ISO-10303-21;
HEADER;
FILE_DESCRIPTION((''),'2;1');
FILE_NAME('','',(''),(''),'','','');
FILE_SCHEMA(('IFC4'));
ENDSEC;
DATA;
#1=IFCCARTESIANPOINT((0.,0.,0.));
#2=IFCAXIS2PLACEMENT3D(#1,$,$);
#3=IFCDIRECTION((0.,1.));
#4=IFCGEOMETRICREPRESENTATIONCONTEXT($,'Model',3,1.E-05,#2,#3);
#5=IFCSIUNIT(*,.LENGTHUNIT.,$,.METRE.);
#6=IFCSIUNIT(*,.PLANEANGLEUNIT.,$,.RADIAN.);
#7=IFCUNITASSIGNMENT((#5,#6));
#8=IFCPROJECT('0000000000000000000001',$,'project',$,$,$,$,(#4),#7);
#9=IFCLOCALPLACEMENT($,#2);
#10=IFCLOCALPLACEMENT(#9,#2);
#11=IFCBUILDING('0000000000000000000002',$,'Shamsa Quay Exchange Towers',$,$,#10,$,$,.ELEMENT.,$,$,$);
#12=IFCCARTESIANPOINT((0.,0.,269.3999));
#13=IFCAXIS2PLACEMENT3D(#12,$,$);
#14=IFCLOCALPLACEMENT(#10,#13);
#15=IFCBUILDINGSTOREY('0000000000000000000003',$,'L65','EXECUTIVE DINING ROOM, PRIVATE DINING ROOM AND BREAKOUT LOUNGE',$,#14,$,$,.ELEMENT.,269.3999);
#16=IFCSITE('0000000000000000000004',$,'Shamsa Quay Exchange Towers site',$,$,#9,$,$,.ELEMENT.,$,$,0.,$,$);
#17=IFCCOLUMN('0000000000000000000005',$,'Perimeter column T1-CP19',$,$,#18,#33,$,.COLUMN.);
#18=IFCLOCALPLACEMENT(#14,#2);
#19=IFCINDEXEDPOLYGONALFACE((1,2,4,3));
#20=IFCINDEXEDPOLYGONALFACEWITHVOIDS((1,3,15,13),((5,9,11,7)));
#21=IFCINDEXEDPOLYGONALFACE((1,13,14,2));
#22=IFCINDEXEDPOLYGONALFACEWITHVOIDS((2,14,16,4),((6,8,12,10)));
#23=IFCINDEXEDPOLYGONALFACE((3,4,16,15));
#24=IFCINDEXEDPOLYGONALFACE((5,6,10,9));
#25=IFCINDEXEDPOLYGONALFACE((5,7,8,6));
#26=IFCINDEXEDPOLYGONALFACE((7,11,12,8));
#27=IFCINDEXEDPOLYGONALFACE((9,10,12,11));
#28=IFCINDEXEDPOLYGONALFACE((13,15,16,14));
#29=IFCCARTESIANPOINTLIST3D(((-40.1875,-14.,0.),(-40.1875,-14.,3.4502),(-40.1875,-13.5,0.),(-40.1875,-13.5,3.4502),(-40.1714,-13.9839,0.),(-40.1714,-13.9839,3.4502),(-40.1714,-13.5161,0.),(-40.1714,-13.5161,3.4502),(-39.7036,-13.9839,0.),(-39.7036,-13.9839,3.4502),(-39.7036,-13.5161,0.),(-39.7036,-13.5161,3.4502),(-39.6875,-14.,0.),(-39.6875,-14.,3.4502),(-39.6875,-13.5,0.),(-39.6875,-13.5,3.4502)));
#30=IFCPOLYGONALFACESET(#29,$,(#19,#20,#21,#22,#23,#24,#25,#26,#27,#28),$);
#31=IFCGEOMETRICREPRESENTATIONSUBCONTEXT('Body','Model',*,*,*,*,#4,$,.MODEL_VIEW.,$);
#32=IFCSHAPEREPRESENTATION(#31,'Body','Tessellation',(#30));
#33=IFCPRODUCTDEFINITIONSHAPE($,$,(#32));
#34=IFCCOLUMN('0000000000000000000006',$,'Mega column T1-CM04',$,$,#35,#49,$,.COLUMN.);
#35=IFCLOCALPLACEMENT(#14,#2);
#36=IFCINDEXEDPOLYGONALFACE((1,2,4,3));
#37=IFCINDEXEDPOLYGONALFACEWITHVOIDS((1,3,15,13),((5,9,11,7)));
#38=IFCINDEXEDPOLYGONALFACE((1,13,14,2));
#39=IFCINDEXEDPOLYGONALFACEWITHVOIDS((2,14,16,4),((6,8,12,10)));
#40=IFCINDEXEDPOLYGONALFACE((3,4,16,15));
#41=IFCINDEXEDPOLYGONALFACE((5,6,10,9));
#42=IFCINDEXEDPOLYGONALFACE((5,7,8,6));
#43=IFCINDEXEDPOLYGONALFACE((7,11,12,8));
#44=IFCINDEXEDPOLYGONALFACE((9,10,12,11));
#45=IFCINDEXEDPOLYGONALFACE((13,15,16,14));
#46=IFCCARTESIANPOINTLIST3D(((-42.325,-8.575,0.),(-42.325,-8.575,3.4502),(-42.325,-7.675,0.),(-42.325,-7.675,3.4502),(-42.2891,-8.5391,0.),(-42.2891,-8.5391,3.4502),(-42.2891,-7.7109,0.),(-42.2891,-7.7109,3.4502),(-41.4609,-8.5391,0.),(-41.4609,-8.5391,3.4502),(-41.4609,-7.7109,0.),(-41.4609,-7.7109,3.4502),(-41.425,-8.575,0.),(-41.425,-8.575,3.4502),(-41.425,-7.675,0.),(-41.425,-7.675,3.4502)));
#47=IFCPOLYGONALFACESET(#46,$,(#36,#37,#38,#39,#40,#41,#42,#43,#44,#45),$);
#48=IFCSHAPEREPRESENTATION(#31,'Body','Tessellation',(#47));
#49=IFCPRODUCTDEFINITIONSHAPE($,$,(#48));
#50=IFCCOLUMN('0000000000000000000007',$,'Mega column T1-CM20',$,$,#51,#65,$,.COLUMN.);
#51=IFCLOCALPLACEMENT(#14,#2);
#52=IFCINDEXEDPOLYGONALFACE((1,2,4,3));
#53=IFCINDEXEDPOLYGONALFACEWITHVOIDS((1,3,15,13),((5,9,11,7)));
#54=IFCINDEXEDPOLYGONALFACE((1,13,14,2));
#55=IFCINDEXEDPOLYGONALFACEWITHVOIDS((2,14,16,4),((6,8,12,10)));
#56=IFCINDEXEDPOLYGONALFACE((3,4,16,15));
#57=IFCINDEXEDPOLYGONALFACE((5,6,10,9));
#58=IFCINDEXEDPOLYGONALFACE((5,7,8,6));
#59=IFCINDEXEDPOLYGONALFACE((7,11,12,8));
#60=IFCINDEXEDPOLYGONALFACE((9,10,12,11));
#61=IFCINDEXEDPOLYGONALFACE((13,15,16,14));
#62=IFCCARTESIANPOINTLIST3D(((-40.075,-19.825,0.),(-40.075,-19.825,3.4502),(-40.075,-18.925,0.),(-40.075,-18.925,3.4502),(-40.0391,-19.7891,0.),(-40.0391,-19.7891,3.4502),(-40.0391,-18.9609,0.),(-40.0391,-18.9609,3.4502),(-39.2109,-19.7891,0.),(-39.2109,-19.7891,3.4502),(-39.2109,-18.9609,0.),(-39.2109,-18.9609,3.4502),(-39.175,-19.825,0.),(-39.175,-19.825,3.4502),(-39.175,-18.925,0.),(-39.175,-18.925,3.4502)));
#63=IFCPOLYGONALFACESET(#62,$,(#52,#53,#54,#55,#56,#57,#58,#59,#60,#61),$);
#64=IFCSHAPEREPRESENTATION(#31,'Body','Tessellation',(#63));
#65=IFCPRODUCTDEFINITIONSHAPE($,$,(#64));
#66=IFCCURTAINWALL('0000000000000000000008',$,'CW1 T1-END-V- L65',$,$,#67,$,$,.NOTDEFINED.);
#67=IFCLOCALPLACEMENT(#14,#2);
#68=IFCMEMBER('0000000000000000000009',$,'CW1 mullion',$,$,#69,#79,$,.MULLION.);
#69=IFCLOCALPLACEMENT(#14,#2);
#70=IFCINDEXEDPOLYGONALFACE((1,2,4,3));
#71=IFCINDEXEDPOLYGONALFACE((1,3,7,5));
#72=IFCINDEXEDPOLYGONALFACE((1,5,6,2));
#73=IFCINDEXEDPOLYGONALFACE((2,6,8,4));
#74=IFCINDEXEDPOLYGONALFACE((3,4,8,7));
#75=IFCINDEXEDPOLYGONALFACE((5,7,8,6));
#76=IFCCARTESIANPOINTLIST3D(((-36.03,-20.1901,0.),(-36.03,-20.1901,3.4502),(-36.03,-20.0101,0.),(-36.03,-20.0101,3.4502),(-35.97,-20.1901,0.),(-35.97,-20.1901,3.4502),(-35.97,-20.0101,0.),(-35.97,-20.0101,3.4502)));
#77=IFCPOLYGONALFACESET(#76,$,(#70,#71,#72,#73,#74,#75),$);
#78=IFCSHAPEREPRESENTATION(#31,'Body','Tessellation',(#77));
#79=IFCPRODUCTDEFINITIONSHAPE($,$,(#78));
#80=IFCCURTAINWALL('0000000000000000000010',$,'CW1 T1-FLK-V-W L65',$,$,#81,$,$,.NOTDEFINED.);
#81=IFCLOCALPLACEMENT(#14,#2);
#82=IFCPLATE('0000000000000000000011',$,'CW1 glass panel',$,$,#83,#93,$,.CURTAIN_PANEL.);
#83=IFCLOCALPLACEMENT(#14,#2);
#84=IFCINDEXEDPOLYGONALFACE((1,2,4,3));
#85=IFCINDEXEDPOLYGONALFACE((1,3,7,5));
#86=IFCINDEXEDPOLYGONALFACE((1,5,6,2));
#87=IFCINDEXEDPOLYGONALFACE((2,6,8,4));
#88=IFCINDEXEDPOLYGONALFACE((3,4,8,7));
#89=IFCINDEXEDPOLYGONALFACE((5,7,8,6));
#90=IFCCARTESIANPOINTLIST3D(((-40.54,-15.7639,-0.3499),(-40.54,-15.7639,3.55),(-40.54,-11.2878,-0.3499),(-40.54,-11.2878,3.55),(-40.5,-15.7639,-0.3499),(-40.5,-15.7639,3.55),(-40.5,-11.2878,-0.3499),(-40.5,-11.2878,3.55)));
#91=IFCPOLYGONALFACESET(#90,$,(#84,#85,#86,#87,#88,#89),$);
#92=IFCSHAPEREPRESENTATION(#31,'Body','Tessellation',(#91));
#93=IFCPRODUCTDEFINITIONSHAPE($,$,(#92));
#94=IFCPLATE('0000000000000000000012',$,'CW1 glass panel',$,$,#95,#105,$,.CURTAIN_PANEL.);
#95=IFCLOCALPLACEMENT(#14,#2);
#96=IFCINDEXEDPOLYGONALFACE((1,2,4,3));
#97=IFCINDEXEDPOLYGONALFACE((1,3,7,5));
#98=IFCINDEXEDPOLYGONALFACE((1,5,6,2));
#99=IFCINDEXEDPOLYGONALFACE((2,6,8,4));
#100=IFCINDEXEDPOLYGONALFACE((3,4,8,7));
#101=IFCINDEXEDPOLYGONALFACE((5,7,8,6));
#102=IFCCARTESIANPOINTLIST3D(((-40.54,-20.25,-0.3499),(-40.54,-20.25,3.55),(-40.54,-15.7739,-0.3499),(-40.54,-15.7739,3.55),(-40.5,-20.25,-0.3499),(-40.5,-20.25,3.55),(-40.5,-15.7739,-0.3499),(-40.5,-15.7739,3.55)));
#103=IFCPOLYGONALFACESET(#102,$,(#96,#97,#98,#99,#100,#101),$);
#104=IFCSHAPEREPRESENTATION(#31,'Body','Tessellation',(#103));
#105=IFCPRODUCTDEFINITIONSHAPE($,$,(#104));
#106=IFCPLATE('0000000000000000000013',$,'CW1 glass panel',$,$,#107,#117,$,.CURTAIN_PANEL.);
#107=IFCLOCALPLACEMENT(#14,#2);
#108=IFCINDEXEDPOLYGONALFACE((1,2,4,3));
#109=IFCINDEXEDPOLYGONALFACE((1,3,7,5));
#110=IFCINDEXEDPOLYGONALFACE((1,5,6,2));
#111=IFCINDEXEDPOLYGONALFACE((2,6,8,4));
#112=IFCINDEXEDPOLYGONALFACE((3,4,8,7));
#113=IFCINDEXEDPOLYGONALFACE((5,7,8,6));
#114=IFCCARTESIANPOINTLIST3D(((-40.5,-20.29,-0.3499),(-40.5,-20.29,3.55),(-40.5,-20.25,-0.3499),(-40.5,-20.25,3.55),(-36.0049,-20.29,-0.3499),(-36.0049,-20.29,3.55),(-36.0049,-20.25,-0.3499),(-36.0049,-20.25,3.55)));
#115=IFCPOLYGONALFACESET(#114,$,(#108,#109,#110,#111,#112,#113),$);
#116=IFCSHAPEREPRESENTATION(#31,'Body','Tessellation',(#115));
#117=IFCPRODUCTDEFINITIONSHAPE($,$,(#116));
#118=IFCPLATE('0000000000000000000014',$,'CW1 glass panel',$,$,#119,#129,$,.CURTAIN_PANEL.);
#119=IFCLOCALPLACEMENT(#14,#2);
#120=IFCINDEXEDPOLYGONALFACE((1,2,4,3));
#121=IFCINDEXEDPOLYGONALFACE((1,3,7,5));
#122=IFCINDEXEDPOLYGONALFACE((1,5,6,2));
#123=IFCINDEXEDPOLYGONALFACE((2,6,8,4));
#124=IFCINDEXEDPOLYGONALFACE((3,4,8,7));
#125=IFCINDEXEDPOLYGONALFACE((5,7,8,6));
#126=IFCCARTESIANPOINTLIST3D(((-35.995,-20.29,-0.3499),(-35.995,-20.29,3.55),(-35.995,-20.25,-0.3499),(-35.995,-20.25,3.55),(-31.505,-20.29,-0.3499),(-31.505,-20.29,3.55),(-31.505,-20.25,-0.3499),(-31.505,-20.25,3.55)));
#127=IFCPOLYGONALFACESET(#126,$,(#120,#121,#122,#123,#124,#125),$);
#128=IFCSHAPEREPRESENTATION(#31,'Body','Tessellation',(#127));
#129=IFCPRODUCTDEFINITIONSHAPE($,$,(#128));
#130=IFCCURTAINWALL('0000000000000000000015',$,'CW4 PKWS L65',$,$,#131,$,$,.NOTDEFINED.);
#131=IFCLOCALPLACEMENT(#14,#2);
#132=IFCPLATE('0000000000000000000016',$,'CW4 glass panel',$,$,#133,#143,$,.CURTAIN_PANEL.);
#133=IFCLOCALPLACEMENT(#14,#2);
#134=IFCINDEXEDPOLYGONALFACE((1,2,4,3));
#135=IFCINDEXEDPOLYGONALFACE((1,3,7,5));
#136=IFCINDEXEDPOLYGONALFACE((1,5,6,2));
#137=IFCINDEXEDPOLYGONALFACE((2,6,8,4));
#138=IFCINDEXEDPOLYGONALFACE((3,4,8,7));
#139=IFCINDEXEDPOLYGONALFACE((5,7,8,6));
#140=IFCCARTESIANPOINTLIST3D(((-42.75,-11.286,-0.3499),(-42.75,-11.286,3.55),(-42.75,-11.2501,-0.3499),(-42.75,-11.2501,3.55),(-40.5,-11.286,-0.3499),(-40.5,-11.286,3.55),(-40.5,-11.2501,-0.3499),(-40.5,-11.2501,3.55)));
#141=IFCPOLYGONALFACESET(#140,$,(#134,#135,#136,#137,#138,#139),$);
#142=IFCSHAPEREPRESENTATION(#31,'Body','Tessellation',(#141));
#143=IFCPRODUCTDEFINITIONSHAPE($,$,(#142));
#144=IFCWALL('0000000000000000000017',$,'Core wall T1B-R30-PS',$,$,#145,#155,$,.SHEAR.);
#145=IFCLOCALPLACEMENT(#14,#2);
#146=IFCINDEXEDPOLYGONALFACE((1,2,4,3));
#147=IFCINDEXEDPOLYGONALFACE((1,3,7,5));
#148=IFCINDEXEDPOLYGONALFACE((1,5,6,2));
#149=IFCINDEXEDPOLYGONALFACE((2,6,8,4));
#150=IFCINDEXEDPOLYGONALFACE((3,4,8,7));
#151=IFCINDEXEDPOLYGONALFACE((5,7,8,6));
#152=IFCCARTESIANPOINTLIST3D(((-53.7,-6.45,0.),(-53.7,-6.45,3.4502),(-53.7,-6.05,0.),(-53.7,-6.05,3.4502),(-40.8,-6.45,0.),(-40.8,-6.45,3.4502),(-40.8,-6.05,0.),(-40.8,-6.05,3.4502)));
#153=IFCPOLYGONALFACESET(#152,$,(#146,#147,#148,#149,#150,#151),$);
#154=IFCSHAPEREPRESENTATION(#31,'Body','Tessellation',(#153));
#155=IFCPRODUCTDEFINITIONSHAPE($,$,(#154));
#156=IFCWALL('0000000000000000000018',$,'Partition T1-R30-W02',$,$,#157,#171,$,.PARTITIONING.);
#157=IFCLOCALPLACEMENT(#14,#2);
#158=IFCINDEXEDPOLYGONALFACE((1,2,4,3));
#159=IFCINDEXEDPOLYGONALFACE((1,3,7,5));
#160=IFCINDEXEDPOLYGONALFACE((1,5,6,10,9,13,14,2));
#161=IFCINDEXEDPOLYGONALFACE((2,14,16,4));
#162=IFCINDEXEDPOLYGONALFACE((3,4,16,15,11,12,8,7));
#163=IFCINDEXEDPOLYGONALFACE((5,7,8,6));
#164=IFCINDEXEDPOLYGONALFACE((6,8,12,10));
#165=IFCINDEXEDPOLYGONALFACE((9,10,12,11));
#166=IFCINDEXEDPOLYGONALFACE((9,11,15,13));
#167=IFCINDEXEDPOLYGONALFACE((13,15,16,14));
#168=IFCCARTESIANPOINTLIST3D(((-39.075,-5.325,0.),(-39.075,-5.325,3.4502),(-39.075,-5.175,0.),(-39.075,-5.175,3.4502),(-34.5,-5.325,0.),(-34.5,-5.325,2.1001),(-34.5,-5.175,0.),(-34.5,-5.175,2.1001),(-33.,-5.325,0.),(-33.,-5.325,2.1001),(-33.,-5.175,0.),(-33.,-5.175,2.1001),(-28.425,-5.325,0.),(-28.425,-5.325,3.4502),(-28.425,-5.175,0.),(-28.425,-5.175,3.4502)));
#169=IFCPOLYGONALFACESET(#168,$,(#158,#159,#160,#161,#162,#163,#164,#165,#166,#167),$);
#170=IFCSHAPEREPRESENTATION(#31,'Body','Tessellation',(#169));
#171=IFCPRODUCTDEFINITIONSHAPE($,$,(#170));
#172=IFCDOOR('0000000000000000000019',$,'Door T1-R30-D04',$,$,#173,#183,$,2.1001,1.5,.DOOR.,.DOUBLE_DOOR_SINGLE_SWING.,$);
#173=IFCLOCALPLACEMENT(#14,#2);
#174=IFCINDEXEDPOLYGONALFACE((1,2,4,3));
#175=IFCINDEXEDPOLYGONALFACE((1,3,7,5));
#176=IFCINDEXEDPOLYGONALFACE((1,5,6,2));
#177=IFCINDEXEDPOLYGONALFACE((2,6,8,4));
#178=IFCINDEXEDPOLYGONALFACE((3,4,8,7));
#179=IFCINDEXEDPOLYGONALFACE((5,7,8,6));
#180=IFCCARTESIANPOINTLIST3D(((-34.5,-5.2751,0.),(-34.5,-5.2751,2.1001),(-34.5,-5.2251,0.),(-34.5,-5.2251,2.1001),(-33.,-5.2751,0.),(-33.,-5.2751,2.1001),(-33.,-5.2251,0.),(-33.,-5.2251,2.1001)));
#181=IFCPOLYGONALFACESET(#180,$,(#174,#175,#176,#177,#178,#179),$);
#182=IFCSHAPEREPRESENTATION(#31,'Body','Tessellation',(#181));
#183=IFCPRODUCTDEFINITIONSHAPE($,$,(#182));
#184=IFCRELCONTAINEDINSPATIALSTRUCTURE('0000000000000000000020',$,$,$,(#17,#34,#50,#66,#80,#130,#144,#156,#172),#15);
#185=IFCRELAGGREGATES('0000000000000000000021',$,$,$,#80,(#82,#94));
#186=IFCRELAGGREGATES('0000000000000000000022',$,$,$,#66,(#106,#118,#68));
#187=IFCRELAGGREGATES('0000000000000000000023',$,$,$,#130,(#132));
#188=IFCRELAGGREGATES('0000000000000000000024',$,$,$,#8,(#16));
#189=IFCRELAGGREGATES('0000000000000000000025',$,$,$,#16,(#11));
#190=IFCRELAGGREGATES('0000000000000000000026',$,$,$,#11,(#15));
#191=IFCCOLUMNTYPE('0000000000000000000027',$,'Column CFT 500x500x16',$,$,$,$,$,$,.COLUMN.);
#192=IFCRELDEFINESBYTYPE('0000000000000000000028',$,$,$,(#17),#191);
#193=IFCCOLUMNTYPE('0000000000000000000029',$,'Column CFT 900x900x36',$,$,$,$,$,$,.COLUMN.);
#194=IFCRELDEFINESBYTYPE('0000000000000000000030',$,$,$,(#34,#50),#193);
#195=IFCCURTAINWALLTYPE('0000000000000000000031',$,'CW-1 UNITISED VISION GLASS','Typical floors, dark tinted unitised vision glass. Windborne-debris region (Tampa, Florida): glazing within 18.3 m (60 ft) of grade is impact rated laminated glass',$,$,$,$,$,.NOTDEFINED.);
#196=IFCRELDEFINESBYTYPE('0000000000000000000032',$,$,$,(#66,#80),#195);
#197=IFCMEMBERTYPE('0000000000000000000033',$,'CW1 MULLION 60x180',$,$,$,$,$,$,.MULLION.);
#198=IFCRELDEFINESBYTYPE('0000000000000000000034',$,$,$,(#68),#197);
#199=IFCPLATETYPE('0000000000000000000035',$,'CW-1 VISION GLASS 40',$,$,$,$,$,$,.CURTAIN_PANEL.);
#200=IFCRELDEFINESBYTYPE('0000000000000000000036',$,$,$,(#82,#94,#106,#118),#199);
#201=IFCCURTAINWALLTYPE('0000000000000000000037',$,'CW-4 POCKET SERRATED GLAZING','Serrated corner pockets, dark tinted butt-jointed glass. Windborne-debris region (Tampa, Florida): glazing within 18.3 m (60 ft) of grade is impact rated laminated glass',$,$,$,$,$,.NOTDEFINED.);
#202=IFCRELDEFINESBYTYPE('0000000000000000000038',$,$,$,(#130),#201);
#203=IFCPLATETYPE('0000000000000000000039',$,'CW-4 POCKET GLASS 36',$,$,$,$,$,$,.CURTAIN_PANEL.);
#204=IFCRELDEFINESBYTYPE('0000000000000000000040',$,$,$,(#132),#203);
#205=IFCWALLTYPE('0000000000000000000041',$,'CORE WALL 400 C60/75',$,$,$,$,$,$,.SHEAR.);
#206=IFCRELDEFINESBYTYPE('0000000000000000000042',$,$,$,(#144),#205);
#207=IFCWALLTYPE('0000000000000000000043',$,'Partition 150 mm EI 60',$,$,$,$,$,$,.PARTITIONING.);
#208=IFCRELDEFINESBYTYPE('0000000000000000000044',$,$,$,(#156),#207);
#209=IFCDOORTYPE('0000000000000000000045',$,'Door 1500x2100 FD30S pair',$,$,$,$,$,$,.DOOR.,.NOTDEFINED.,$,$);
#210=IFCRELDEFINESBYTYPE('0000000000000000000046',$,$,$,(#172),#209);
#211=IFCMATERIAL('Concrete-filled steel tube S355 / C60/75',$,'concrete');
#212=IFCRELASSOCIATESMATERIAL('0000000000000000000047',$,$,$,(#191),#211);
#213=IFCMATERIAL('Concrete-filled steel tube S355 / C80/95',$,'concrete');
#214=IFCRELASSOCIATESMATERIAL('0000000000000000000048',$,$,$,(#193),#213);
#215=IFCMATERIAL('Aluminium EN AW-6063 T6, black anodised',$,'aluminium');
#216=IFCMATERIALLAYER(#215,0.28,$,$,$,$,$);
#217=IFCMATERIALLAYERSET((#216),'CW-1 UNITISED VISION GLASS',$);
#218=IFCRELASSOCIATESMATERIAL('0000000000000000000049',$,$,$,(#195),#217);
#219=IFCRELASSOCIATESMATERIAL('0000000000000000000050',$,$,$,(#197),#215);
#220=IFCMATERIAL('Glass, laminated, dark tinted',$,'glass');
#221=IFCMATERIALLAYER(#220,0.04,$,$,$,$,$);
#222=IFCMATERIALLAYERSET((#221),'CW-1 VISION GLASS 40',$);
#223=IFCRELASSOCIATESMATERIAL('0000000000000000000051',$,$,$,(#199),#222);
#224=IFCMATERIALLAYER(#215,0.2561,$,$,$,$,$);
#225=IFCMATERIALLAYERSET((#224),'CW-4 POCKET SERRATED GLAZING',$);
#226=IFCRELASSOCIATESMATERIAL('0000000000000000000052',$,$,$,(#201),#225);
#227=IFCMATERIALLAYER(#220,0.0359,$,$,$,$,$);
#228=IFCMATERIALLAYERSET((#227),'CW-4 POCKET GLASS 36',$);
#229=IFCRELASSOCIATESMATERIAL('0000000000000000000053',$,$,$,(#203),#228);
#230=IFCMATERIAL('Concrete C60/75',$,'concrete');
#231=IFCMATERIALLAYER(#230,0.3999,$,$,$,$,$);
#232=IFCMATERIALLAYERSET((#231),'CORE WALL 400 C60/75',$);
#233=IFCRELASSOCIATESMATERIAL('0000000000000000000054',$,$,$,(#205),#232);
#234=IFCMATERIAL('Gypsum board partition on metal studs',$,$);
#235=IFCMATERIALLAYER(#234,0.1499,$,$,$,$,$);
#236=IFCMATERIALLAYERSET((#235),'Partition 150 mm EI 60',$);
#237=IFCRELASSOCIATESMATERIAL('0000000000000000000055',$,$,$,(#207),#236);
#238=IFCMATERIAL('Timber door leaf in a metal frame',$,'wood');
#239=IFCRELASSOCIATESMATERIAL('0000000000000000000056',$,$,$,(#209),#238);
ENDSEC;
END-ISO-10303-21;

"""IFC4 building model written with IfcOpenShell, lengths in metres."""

from ifc_helpers import new_model, si_unit, direction, frame, frame_2d, origin, origin_2d, place, context, subcontext, project, spatial, rectangle, hollow_rectangle, extrude, material, layer, layer_set, material_profile, profile_set, type_object, element, fill, aggregate, save


model = new_model("IFC4")

# Units and contexts
model_context = context("Model", 3, precision=1e-05, world=origin(), true_north=direction((0.0, 1.0)))
body_context = subcontext(model_context, "Body", "Model", "MODEL_VIEW")
ifc_project = project(units=[si_unit("LENGTHUNIT", "METRE"), si_unit("PLANEANGLEUNIT", "RADIAN")], contexts=[model_context])

# Site, building, storey
site_placement = place(None, origin())
site = spatial("IfcSite", under=ifc_project, at=site_placement, Name="Shamsa Quay Exchange Towers site", CompositionType="ELEMENT", RefElevation=0.0)
building_placement = place(site_placement, origin())
building = spatial("IfcBuilding", under=site, at=building_placement, Name="Shamsa Quay Exchange Towers", CompositionType="ELEMENT")
storey_placement = place(building_placement, frame((0.0, 0.0, 269.3999)))
storey = spatial("IfcBuildingStorey", under=building, at=storey_placement, Name="L65", Description="EXECUTIVE DINING ROOM, PRIVATE DINING ROOM AND BREAKOUT LOUNGE", CompositionType="ELEMENT", Elevation=269.3999)

# Columns
ifc_material_1 = material(Name="Concrete-filled steel tube S355 / C60/75", Category="concrete")
ifc_material_profile_1 = material_profile(ifc_material_1, hollow_rectangle(XDim=0.5, YDim=0.5, WallThickness=0.0161, at=origin_2d()), Name="CFT 500x500x16")
ifc_profile_set_1 = profile_set([ifc_material_profile_1], Name="Concrete-filled steel tube S355 / C60/75")
column_type_1 = type_object("IfcColumnType", Name="Column CFT 500x500x16", PredefinedType="COLUMN", material=ifc_profile_set_1)
column_placement = place(storey_placement, frame((-39.9375, -13.75, 0.0)))
element("IfcColumn", 1, at=column_placement, inside=storey, type_object=column_type_1, Name="Perimeter column T1-CP19", PredefinedType="COLUMN", context=body_context, shape_type="SweptSolid", body=[
    extrude(hollow_rectangle(XDim=0.5, YDim=0.5, WallThickness=0.0161, at=origin_2d()), origin(), (0.0, 0.0, 1.0), 3.4502),
])
ifc_material_2 = material(Name="Concrete-filled steel tube S355 / C80/95", Category="concrete")
ifc_material_profile_2 = material_profile(ifc_material_2, hollow_rectangle(XDim=0.8999, YDim=0.8999, WallThickness=0.0359, at=origin_2d()), Name="CFT 900x900x36")
ifc_profile_set_2 = profile_set([ifc_material_profile_2], Name="Concrete-filled steel tube S355 / C80/95")
column_type_2 = type_object("IfcColumnType", Name="Column CFT 900x900x36", PredefinedType="COLUMN", material=ifc_profile_set_2)
for number, where, name in (
    (2, (-41.875, -8.125, 0.0), "Mega column T1-CM04"),
    (3, (-39.625, -19.375, 0.0), "Mega column T1-CM20"),
):
    element("IfcColumn", number, at=place(storey_placement, frame(where)), inside=storey, type_object=column_type_2, Name=name, PredefinedType="COLUMN", context=body_context, shape_type="SweptSolid", body=[
        extrude(hollow_rectangle(XDim=0.8999, YDim=0.8999, WallThickness=0.0359, at=origin_2d()), origin(), (0.0, 0.0, 1.0), 3.4502),
    ])

# Curtain wall, member
ifc_material_3 = material(Name="Aluminium EN AW-6063 T6, black anodised", Category="aluminium")
ifc_layer_1 = layer(ifc_material_3, 0.28)
ifc_layer_set_1 = layer_set([ifc_layer_1], Name="CW-1 UNITISED VISION GLASS")
curtain_wall_type_1 = type_object("IfcCurtainWallType", Name="CW-1 UNITISED VISION GLASS", Description="Typical floors, dark tinted unitised vision glass. Windborne-debris region (Tampa, Florida): glazing within 18.3 m (60 ft) of grade is impact rated laminated glass", PredefinedType="NOTDEFINED", material=ifc_layer_set_1)
curtain_wall_1_placement = place(storey_placement, origin())
curtain_wall_1 = element("IfcCurtainWall", 4, at=curtain_wall_1_placement, inside=storey, type_object=curtain_wall_type_1, Name="CW1 T1-END-V- L65", PredefinedType="NOTDEFINED")
ifc_material_profile_3 = material_profile(ifc_material_3, rectangle(XDim=0.1799, YDim=0.0601, at=origin_2d()), Name="MU60x180")
ifc_profile_set_3 = profile_set([ifc_material_profile_3], Name="Aluminium EN AW-6063 T6, black anodised")
member_type = type_object("IfcMemberType", Name="CW1 MULLION 60x180", PredefinedType="MULLION", material=ifc_profile_set_3)
member_placement = place(storey_placement, frame((-36.0, -20.1001, 0.0), z_axis=(0.0, 0.0, 1.0), x_axis=(0.0, 1.0, 0.0)))
member = element("IfcMember", 5, at=member_placement, type_object=member_type, Name="CW1 mullion", PredefinedType="MULLION", context=body_context, shape_type="SweptSolid", body=[
    extrude(rectangle(XDim=0.1799, YDim=0.0601, at=origin_2d()), origin(), (0.0, 0.0, 1.0), 3.4502),
])

# Curtain wall, plates
curtain_wall_2_placement = place(storey_placement, origin())
curtain_wall_2 = element("IfcCurtainWall", 6, at=curtain_wall_2_placement, inside=storey, type_object=curtain_wall_type_1, Name="CW1 T1-FLK-V-W L65", PredefinedType="NOTDEFINED")
ifc_material_4 = material(Name="Glass, laminated, dark tinted", Category="glass")
ifc_layer_2 = layer(ifc_material_4, 0.04)
ifc_layer_set_2 = layer_set([ifc_layer_2], Name="CW-1 VISION GLASS 40")
plate_type_1 = type_object("IfcPlateType", Name="CW-1 VISION GLASS 40", PredefinedType="CURTAIN_PANEL", material=ifc_layer_set_2)
plate_1_placement = place(storey_placement, frame((-40.52, -13.5259, -0.3499), z_axis=(0.0, 0.0, 1.0), x_axis=(0.0, -1.0, 0.0)))
plate_1 = element("IfcPlate", 7, at=plate_1_placement, type_object=plate_type_1, Name="CW1 glass panel", PredefinedType="CURTAIN_PANEL", context=body_context, shape_type="SweptSolid", body=[
    extrude(rectangle(XDim=4.4761, YDim=0.04, at=origin_2d()), origin(), (0.0, 0.0, 1.0), 3.8999),
])
plate_2_placement = place(storey_placement, frame((-40.52, -18.012, -0.3499), z_axis=(0.0, 0.0, 1.0), x_axis=(0.0, -1.0, 0.0)))
plate_2 = element("IfcPlate", 8, at=plate_2_placement, type_object=plate_type_1, Name="CW1 glass panel", PredefinedType="CURTAIN_PANEL", context=body_context, shape_type="SweptSolid", body=[
    extrude(rectangle(XDim=4.4761, YDim=0.04, at=origin_2d()), origin(), (0.0, 0.0, 1.0), 3.8999),
])
aggregate(curtain_wall_2, [plate_1, plate_2])

# Plates
plate_3_placement = place(storey_placement, frame((-38.2524, -20.27, -0.3499)))
plate_3 = element("IfcPlate", 9, at=plate_3_placement, type_object=plate_type_1, Name="CW1 glass panel", PredefinedType="CURTAIN_PANEL", context=body_context, shape_type="SweptSolid", body=[
    extrude(rectangle(XDim=4.4951, YDim=0.04, at=origin_2d()), origin(), (0.0, 0.0, 1.0), 3.8999),
])
plate_4_placement = place(storey_placement, frame((-33.75, -20.27, -0.3499)))
plate_4 = element("IfcPlate", 10, at=plate_4_placement, type_object=plate_type_1, Name="CW1 glass panel", PredefinedType="CURTAIN_PANEL", context=body_context, shape_type="SweptSolid", body=[
    extrude(rectangle(XDim=4.49, YDim=0.04, at=origin_2d()), origin(), (0.0, 0.0, 1.0), 3.8999),
])
aggregate(curtain_wall_1, [plate_3, plate_4, member])

# Curtain wall, plate
ifc_layer_3 = layer(ifc_material_3, 0.2561)
ifc_layer_set_3 = layer_set([ifc_layer_3], Name="CW-4 POCKET SERRATED GLAZING")
curtain_wall_type_2 = type_object("IfcCurtainWallType", Name="CW-4 POCKET SERRATED GLAZING", Description="Serrated corner pockets, dark tinted butt-jointed glass. Windborne-debris region (Tampa, Florida): glazing within 18.3 m (60 ft) of grade is impact rated laminated glass", PredefinedType="NOTDEFINED", material=ifc_layer_set_3)
curtain_wall_3_placement = place(storey_placement, origin())
curtain_wall_3 = element("IfcCurtainWall", 11, at=curtain_wall_3_placement, inside=storey, type_object=curtain_wall_type_2, Name="CW4 PKWS L65", PredefinedType="NOTDEFINED")
ifc_layer_4 = layer(ifc_material_4, 0.0359)
ifc_layer_set_4 = layer_set([ifc_layer_4], Name="CW-4 POCKET GLASS 36")
plate_type_2 = type_object("IfcPlateType", Name="CW-4 POCKET GLASS 36", PredefinedType="CURTAIN_PANEL", material=ifc_layer_set_4)
plate_5_placement = place(storey_placement, frame((-41.625, -11.2681, -0.3499)))
plate_5 = element("IfcPlate", 12, at=plate_5_placement, type_object=plate_type_2, Name="CW4 glass panel", PredefinedType="CURTAIN_PANEL", context=body_context, shape_type="SweptSolid", body=[
    extrude(rectangle(XDim=2.25, YDim=0.0359, at=origin_2d()), origin(), (0.0, 0.0, 1.0), 3.8999),
])
aggregate(curtain_wall_3, [plate_5])

# Wall
ifc_material_5 = material(Name="Concrete C60/75", Category="concrete")
ifc_layer_5 = layer(ifc_material_5, 0.3999)
ifc_layer_set_5 = layer_set([ifc_layer_5], Name="CORE WALL 400 C60/75")
wall_type_1 = type_object("IfcWallType", Name="CORE WALL 400 C60/75", PredefinedType="SHEAR", material=ifc_layer_set_5)
wall_1_placement = place(storey_placement, frame((-40.8, -6.25, 0.0), z_axis=(0.0, 0.0, 1.0), x_axis=(-1.0, 0.0, 0.0)))
element("IfcWall", 13, at=wall_1_placement, inside=storey, type_object=wall_type_1, Name="Core wall T1B-R30-PS", PredefinedType="SHEAR", context=body_context, shape_type="SweptSolid", body=[
    extrude(rectangle(XDim=12.8999, YDim=0.3999, at=frame_2d((6.45, 0.0))), origin(), (0.0, 0.0, 1.0), 3.4502),
])

# Wall, opening, door
ifc_material_6 = material(Name="Gypsum board partition on metal studs")
ifc_layer_6 = layer(ifc_material_6, 0.1499)
ifc_layer_set_6 = layer_set([ifc_layer_6], Name="Partition 150 mm EI 60")
wall_type_2 = type_object("IfcWallType", Name="Partition 150 mm EI 60", PredefinedType="PARTITIONING", material=ifc_layer_set_6)
wall_2_placement = place(storey_placement, frame((-39.075, -5.25, 0.0)))
wall_2 = element("IfcWall", 14, at=wall_2_placement, inside=storey, type_object=wall_type_2, Name="Partition T1-R30-W02", PredefinedType="PARTITIONING", context=body_context, shape_type="SweptSolid", body=[
    extrude(rectangle(XDim=10.6499, YDim=0.1499, at=frame_2d((5.325, 0.0))), origin(), (0.0, 0.0, 1.0), 3.4502),
])
opening_1_placement = place(wall_2_placement, frame((4.575, 0.0, 0.0)))
opening_1 = element("IfcOpeningElement", 15, at=opening_1_placement, cuts=wall_2, PredefinedType="OPENING", context=body_context, shape_type="SweptSolid", body=[
    extrude(rectangle(XDim=1.5, YDim=2.1001, at=frame_2d((0.75, 1.05))), frame((0.0, 0.085, 0.0), z_axis=(0.0, -1.0, 0.0), x_axis=(1.0, 0.0, 0.0)), (0.0, 0.0, 1.0), 0.1699),
])
ifc_material_7 = material(Name="Timber door leaf in a metal frame", Category="wood")
door_type_1 = type_object("IfcDoorType", Name="Door 1500x2100 FD30S pair", OperationType="NOTDEFINED", PredefinedType="DOOR", material=ifc_material_7)
door_1_placement = place(opening_1_placement, origin())
door_1 = element("IfcDoor", 16, at=door_1_placement, inside=storey, type_object=door_type_1, Name="Door T1-R30-D04", OperationType="DOUBLE_DOOR_SINGLE_SWING", OverallHeight=2.1001, OverallWidth=1.5, PredefinedType="DOOR", context=body_context, shape_type="SweptSolid", body=[
    extrude(rectangle(XDim=1.5, YDim=2.1001, at=frame_2d((0.75, 1.05))), frame((0.0, 0.0249, 0.0), z_axis=(0.0, -1.0, 0.0), x_axis=(1.0, 0.0, 0.0)), (0.0, 0.0, 1.0), 0.05),
])
fill(opening_1, door_1)

save(model, "model.ifc")
